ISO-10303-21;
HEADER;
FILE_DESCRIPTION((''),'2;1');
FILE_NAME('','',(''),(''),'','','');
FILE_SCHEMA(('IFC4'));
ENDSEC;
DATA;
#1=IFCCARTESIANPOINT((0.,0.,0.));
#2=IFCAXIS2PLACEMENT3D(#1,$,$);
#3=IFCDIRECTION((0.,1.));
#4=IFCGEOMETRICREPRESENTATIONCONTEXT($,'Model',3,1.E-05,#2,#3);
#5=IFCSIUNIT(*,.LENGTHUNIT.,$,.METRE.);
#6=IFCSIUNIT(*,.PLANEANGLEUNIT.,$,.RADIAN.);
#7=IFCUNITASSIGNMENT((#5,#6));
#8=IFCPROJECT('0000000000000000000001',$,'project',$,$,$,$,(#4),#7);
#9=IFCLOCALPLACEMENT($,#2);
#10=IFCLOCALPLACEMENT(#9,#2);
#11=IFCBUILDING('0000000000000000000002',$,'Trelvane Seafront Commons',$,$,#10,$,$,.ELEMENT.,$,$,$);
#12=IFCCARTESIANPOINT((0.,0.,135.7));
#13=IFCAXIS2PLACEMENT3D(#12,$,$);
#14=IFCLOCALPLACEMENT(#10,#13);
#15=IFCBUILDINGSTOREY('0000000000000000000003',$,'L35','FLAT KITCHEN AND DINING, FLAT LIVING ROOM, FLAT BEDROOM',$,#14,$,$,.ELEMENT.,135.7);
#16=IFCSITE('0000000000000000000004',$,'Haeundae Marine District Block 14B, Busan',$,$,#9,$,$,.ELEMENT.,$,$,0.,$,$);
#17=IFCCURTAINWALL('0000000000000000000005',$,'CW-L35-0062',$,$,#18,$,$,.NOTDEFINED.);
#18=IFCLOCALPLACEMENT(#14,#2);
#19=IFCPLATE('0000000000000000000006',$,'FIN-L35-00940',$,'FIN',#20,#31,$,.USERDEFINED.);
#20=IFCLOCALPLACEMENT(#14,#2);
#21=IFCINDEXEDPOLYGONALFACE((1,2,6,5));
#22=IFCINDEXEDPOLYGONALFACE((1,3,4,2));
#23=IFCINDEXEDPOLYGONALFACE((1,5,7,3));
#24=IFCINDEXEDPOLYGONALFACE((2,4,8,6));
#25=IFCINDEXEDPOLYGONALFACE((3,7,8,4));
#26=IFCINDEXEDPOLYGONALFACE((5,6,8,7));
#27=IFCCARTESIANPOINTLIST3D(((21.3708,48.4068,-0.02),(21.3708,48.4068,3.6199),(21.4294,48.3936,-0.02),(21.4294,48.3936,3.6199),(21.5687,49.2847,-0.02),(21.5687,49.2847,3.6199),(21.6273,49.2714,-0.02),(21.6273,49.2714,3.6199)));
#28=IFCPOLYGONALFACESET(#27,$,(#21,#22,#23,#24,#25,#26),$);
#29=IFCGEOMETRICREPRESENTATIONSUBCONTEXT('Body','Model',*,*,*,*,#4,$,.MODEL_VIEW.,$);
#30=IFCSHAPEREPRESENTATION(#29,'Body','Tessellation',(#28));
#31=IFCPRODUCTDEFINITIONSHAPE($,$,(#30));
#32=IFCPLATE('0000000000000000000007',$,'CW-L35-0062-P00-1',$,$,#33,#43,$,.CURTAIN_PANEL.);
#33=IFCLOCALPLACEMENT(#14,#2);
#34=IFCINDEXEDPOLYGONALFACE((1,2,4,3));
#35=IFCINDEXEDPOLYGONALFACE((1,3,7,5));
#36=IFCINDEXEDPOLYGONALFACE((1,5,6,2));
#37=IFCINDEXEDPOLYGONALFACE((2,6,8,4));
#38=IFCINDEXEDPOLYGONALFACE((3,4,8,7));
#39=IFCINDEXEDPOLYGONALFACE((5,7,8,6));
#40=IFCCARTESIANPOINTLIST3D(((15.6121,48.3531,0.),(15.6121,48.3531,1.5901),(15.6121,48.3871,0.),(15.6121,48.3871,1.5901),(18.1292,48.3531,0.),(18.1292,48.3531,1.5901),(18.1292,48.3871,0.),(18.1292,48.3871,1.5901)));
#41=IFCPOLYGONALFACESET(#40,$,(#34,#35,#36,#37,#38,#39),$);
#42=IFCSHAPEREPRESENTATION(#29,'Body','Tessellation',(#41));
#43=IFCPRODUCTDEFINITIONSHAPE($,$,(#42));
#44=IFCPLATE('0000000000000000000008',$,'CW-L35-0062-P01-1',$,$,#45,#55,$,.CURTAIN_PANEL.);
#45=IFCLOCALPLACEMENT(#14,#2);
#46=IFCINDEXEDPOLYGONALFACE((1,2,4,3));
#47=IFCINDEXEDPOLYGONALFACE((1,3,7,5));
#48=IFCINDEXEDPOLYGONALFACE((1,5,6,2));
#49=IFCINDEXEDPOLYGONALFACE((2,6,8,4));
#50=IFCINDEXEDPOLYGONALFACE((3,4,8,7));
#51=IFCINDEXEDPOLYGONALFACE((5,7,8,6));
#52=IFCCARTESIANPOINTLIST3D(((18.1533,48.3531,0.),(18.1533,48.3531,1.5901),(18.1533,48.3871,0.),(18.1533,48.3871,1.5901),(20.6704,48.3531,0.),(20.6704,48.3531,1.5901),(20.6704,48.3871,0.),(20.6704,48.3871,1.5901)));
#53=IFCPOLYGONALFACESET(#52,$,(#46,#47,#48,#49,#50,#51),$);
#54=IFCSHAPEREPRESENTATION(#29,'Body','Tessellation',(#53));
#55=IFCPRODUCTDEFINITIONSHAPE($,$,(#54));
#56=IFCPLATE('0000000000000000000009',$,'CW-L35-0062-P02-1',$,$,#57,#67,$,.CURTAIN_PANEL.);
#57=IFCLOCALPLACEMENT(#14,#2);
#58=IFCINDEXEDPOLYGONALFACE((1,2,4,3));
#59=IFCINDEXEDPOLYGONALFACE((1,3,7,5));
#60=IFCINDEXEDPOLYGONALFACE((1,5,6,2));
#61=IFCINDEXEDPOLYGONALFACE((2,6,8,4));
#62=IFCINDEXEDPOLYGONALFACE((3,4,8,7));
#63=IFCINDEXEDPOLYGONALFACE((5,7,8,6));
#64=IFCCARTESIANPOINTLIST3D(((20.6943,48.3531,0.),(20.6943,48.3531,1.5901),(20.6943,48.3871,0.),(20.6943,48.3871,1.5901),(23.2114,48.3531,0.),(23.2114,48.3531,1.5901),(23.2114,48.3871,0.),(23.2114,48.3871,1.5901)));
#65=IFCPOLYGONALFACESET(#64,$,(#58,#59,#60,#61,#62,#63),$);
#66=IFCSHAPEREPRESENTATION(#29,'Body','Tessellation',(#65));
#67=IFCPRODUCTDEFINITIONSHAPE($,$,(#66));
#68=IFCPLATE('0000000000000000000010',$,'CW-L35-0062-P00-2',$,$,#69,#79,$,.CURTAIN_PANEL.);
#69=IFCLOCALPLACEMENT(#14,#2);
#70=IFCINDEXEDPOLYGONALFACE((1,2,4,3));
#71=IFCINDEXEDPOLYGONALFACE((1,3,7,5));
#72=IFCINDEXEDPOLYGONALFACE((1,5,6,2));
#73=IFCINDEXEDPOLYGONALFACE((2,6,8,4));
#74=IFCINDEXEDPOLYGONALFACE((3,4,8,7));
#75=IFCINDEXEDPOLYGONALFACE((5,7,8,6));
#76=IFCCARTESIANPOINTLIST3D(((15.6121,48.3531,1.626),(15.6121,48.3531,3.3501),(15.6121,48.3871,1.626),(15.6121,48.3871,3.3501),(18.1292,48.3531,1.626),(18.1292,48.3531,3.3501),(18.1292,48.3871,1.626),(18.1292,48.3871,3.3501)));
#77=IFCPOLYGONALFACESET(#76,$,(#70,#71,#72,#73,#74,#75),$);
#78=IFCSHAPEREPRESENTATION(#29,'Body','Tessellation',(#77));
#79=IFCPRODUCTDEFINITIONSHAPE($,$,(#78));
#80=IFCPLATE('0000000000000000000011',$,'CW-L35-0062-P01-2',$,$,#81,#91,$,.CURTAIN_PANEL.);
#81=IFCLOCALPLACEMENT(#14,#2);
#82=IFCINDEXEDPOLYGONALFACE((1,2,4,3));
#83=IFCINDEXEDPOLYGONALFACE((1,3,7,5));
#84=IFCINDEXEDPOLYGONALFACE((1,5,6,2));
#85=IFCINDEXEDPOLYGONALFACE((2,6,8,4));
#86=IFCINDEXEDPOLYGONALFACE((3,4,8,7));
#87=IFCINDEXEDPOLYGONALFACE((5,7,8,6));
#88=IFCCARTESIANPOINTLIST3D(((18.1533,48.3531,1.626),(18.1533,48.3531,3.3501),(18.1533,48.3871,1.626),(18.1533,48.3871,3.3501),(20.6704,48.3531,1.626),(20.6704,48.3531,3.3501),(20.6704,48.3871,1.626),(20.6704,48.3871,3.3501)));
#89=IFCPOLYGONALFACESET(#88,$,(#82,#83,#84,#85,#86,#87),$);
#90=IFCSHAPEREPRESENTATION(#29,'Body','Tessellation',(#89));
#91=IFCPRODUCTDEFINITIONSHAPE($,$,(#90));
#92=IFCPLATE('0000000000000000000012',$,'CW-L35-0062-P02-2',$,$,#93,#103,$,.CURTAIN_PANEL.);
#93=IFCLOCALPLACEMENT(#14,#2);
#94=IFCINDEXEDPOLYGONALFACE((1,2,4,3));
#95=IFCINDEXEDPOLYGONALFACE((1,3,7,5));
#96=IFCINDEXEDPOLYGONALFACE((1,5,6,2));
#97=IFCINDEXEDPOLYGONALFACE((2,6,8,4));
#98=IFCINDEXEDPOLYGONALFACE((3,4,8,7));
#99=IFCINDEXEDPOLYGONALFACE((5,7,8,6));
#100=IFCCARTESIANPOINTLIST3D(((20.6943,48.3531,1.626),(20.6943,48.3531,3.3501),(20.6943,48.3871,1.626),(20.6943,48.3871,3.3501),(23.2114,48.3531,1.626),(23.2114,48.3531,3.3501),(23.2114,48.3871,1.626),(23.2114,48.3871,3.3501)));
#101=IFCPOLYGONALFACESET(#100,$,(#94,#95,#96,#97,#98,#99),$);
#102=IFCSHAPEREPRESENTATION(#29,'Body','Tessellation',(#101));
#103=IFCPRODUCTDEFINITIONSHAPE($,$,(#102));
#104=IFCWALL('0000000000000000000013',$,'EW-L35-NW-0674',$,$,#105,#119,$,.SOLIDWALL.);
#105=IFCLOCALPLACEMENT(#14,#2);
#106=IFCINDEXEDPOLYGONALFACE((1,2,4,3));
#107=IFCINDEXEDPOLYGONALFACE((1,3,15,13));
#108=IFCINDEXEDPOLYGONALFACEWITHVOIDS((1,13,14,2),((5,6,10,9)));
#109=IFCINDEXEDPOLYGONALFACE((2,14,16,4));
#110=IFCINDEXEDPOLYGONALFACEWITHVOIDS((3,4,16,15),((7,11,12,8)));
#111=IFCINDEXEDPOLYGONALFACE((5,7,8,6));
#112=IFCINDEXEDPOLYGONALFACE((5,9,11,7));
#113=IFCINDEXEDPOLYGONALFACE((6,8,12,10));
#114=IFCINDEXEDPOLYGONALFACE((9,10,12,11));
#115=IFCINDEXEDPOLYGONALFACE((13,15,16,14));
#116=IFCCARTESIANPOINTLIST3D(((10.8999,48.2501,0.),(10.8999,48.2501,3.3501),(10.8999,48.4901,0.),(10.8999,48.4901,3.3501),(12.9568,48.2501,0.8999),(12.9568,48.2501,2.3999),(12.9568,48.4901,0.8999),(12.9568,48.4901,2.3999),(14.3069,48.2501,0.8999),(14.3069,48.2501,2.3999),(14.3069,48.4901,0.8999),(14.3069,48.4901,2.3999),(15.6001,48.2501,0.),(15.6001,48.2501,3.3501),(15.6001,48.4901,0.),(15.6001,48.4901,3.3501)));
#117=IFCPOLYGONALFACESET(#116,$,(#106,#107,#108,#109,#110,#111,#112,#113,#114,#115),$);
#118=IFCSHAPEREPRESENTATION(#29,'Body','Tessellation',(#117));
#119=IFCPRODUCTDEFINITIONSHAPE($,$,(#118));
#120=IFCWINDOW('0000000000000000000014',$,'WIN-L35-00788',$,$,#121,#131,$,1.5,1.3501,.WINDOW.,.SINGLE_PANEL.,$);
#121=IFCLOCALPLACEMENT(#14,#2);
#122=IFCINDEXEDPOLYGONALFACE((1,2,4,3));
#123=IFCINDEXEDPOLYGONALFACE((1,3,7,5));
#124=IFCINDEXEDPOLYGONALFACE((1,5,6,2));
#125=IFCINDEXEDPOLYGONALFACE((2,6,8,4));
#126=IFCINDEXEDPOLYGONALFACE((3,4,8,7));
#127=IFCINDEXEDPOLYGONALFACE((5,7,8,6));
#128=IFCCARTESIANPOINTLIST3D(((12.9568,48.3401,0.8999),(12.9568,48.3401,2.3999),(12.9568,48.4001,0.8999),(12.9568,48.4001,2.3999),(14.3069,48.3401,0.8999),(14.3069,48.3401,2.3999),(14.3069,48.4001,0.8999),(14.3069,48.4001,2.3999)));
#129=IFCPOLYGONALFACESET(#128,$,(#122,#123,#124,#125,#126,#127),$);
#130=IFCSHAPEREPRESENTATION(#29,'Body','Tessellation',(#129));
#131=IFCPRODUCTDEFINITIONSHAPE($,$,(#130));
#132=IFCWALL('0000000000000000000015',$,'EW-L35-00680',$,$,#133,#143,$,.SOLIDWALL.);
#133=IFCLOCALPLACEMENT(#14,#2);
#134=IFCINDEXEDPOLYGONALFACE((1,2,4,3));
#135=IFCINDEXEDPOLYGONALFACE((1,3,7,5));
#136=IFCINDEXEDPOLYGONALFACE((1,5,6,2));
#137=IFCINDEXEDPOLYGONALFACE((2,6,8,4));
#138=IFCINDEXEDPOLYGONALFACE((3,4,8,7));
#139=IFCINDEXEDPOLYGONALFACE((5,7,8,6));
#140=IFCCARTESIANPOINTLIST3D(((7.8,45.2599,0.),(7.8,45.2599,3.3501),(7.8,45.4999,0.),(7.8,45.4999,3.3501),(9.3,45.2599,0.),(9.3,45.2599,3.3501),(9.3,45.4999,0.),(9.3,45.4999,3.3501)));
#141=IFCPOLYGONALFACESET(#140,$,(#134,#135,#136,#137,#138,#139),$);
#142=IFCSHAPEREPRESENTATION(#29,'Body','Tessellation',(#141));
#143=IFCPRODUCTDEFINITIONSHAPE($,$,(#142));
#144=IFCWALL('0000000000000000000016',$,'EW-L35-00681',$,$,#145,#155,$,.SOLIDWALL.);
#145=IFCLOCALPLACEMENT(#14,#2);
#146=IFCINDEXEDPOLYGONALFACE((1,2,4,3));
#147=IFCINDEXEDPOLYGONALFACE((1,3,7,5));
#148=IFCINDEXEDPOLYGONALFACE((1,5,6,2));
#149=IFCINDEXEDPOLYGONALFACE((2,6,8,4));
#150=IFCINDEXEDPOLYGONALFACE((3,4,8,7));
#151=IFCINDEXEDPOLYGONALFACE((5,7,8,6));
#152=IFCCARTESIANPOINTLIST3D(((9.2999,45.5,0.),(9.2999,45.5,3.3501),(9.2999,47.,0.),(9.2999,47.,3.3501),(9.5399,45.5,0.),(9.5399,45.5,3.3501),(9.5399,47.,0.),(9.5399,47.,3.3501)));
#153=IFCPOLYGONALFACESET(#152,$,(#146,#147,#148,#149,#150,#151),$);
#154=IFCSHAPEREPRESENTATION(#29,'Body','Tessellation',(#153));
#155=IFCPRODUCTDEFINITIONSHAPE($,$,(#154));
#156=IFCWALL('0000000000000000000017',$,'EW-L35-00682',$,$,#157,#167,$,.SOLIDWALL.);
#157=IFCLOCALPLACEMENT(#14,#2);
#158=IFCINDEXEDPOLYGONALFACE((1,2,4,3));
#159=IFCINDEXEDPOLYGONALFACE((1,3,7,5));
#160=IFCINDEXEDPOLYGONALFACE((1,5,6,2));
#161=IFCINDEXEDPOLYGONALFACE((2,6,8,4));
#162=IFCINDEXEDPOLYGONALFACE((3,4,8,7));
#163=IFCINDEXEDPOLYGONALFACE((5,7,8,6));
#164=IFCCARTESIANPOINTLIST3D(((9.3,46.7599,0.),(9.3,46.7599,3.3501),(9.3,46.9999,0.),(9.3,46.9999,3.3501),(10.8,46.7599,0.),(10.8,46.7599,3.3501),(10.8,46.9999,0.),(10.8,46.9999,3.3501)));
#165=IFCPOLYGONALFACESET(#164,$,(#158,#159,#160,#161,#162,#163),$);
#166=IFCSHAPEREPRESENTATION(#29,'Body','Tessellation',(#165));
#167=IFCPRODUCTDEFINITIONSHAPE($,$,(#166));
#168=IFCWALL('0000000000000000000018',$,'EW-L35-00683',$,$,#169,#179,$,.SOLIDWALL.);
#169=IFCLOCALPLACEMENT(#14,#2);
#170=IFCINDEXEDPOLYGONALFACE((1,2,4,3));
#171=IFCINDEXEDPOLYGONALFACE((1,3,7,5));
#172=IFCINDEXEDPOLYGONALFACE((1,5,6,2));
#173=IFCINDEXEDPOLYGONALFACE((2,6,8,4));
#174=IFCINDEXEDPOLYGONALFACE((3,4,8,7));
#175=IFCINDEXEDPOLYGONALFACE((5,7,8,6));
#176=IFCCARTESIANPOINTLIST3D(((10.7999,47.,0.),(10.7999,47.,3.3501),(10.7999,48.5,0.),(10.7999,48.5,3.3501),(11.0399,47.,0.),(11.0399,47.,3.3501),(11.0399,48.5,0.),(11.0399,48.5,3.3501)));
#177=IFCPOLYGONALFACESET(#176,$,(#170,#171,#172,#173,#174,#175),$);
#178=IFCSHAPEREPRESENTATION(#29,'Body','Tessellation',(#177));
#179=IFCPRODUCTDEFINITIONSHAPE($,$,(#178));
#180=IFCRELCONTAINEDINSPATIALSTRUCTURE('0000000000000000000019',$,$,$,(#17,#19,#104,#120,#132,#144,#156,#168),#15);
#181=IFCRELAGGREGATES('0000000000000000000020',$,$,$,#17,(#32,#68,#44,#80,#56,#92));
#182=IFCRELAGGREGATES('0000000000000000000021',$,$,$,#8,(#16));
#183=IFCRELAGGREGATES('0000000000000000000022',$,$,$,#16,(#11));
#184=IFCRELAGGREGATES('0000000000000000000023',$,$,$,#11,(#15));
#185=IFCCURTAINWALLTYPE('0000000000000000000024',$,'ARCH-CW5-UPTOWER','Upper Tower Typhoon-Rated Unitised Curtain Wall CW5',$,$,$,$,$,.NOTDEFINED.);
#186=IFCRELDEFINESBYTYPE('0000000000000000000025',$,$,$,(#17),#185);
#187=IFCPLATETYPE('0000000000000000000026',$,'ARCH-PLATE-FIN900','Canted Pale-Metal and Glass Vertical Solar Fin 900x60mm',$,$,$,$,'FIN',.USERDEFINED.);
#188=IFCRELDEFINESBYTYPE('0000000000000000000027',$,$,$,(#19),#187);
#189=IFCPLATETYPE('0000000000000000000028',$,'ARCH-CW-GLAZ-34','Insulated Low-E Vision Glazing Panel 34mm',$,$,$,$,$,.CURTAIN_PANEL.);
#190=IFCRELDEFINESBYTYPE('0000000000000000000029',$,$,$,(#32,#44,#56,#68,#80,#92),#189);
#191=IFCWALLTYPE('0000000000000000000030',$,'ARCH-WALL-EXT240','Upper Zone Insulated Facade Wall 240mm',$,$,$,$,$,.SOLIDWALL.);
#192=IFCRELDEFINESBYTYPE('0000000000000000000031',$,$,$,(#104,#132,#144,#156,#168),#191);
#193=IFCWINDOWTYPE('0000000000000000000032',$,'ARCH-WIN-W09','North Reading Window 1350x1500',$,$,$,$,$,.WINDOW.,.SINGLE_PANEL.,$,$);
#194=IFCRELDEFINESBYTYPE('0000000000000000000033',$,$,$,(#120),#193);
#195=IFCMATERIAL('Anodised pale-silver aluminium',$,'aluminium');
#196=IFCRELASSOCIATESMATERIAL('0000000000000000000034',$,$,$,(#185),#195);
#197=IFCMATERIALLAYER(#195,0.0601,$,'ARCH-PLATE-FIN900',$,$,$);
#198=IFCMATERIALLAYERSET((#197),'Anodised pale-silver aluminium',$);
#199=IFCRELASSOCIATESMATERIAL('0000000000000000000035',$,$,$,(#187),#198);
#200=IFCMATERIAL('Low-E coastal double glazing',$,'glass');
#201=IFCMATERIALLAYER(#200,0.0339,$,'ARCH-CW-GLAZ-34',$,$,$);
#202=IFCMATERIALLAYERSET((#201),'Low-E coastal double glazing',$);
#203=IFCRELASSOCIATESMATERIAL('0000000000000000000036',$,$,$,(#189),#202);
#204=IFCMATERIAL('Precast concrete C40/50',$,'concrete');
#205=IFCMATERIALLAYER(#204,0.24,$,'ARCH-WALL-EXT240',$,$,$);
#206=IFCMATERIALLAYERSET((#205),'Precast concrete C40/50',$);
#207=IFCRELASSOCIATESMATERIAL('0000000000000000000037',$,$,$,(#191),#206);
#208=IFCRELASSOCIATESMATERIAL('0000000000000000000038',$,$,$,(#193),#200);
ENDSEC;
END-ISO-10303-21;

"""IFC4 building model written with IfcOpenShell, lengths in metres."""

from ifc_helpers import new_model, si_unit, direction, frame, frame_2d, origin, origin_2d, place, context, subcontext, project, spatial, rectangle, extrude, source, transform, mapped, material, layer, layer_set, type_object, element, fill, aggregate, save


model = new_model("IFC4")

# Units and contexts
model_context = context("Model", 3, precision=1e-05, world=origin(), true_north=direction((0.0, 1.0)))
body_context = subcontext(model_context, "Body", "Model", "MODEL_VIEW")
ifc_project = project(units=[si_unit("LENGTHUNIT", "METRE"), si_unit("PLANEANGLEUNIT", "RADIAN")], contexts=[model_context])

# Site, building, storey
site_placement = place(None, origin())
site = spatial("IfcSite", under=ifc_project, at=site_placement, Name="Haeundae Marine District Block 14B, Busan", CompositionType="ELEMENT", RefElevation=0.0)
building_placement = place(site_placement, origin())
building = spatial("IfcBuilding", under=site, at=building_placement, Name="Trelvane Seafront Commons", CompositionType="ELEMENT")
storey_placement = place(building_placement, frame((0.0, 0.0, 135.7)))
storey = spatial("IfcBuildingStorey", under=building, at=storey_placement, Name="L35", Description="FLAT KITCHEN AND DINING, FLAT LIVING ROOM, FLAT BEDROOM", CompositionType="ELEMENT", Elevation=135.7)

# Curtain wall
ifc_material_1 = material(Name="Anodised pale-silver aluminium", Category="aluminium")
curtain_wall_type = type_object("IfcCurtainWallType", Name="ARCH-CW5-UPTOWER", Description="Upper Tower Typhoon-Rated Unitised Curtain Wall CW5", PredefinedType="NOTDEFINED", material=ifc_material_1)
curtain_wall_placement = place(storey_placement, origin())
curtain_wall = element("IfcCurtainWall", 1, at=curtain_wall_placement, inside=storey, type_object=curtain_wall_type, Name="CW-L35-0062", PredefinedType="NOTDEFINED")

# Plate
ifc_layer_1 = layer(ifc_material_1, 0.0601, Name="ARCH-PLATE-FIN900")
ifc_layer_set_1 = layer_set([ifc_layer_1], Name="Anodised pale-silver aluminium")
plate_type_1 = type_object("IfcPlateType", Name="ARCH-PLATE-FIN900", Description="Canted Pale-Metal and Glass Vertical Solar Fin 900x60mm", ElementType="FIN", PredefinedType="USERDEFINED", material=ifc_layer_set_1)
shared_shape_1 = source(origin(), body_context, "Body", "SweptSolid", [
    extrude(rectangle(XDim=0.8999, YDim=0.0601, at=origin_2d()), origin(), (0.0, 0.0, 1.0), 3.6399),
])
for number, where, z_axis, x_axis, name in (
    (2, (21.499, 48.8391, -0.02), (0.0, 0.0, 1.0), (0.219882, 0.975526, 0.0), "FIN-L35-00940"),
):
    element("IfcPlate", number, at=place(storey_placement, frame(where, z_axis=z_axis, x_axis=x_axis)), inside=storey, type_object=plate_type_1, Name=name, ObjectType="FIN", PredefinedType="USERDEFINED", context=body_context, shape_type="MappedRepresentation", body=[
        mapped(shared_shape_1, transform((0.0, 0.0, 0.0), x_axis=(1.0, 0.0, 0.0), y_axis=(0.0, 1.0, 0.0), z_axis=(0.0, 0.0, 1.0), scale=1.0)),
    ])

# Plates
ifc_material_2 = material(Name="Low-E coastal double glazing", Category="glass")
ifc_layer_2 = layer(ifc_material_2, 0.0339, Name="ARCH-CW-GLAZ-34")
ifc_layer_set_2 = layer_set([ifc_layer_2], Name="Low-E coastal double glazing")
plate_type_2 = type_object("IfcPlateType", Name="ARCH-CW-GLAZ-34", Description="Insulated Low-E Vision Glazing Panel 34mm", PredefinedType="CURTAIN_PANEL", material=ifc_layer_set_2)
shared_shape_2 = source(origin(), body_context, "Body", "SweptSolid", [
    extrude(rectangle(XDim=2.5171, YDim=0.0339, at=origin_2d()), origin(), (0.0, 0.0, 1.0), 1.5901),
])
plate_1_placement = place(storey_placement, frame((16.8706, 48.3701, 0.0), z_axis=(0.0, 0.0, 1.0), x_axis=(1.0, 0.0, 0.0)))
plate_1 = element("IfcPlate", 3, at=plate_1_placement, type_object=plate_type_2, Name="CW-L35-0062-P00-1", PredefinedType="CURTAIN_PANEL", context=body_context, shape_type="MappedRepresentation", body=[
    mapped(shared_shape_2, transform((0.0, 0.0, 0.0), x_axis=(1.0, 0.0, 0.0), y_axis=(0.0, 1.0, 0.0), z_axis=(0.0, 0.0, 1.0), scale=1.0)),
])
plate_2_placement = place(storey_placement, frame((19.4119, 48.3701, 0.0), z_axis=(0.0, 0.0, 1.0), x_axis=(1.0, 0.0, 0.0)))
plate_2 = element("IfcPlate", 4, at=plate_2_placement, type_object=plate_type_2, Name="CW-L35-0062-P01-1", PredefinedType="CURTAIN_PANEL", context=body_context, shape_type="MappedRepresentation", body=[
    mapped(shared_shape_2, transform((0.0, 0.0, 0.0), x_axis=(1.0, 0.0, 0.0), y_axis=(0.0, 1.0, 0.0), z_axis=(0.0, 0.0, 1.0), scale=1.0)),
])
plate_3_placement = place(storey_placement, frame((21.9529, 48.3701, 0.0), z_axis=(0.0, 0.0, 1.0), x_axis=(1.0, 0.0, 0.0)))
plate_3 = element("IfcPlate", 5, at=plate_3_placement, type_object=plate_type_2, Name="CW-L35-0062-P02-1", PredefinedType="CURTAIN_PANEL", context=body_context, shape_type="MappedRepresentation", body=[
    mapped(shared_shape_2, transform((0.0, 0.0, 0.0), x_axis=(1.0, 0.0, 0.0), y_axis=(0.0, 1.0, 0.0), z_axis=(0.0, 0.0, 1.0), scale=1.0)),
])
shared_shape_3 = source(origin(), body_context, "Body", "SweptSolid", [
    extrude(rectangle(XDim=2.5171, YDim=0.0339, at=origin_2d()), origin(), (0.0, 0.0, 1.0), 1.7241),
])
plate_4_placement = place(storey_placement, frame((16.8706, 48.3701, 1.626), z_axis=(0.0, 0.0, 1.0), x_axis=(1.0, 0.0, 0.0)))
plate_4 = element("IfcPlate", 6, at=plate_4_placement, type_object=plate_type_2, Name="CW-L35-0062-P00-2", PredefinedType="CURTAIN_PANEL", context=body_context, shape_type="MappedRepresentation", body=[
    mapped(shared_shape_3, transform((0.0, 0.0, 0.0), x_axis=(1.0, 0.0, 0.0), y_axis=(0.0, 1.0, 0.0), z_axis=(0.0, 0.0, 1.0), scale=1.0)),
])
plate_5_placement = place(storey_placement, frame((19.4119, 48.3701, 1.626), z_axis=(0.0, 0.0, 1.0), x_axis=(1.0, 0.0, 0.0)))
plate_5 = element("IfcPlate", 7, at=plate_5_placement, type_object=plate_type_2, Name="CW-L35-0062-P01-2", PredefinedType="CURTAIN_PANEL", context=body_context, shape_type="MappedRepresentation", body=[
    mapped(shared_shape_3, transform((0.0, 0.0, 0.0), x_axis=(1.0, 0.0, 0.0), y_axis=(0.0, 1.0, 0.0), z_axis=(0.0, 0.0, 1.0), scale=1.0)),
])
plate_6_placement = place(storey_placement, frame((21.9529, 48.3701, 1.626), z_axis=(0.0, 0.0, 1.0), x_axis=(1.0, 0.0, 0.0)))
plate_6 = element("IfcPlate", 8, at=plate_6_placement, type_object=plate_type_2, Name="CW-L35-0062-P02-2", PredefinedType="CURTAIN_PANEL", context=body_context, shape_type="MappedRepresentation", body=[
    mapped(shared_shape_3, transform((0.0, 0.0, 0.0), x_axis=(1.0, 0.0, 0.0), y_axis=(0.0, 1.0, 0.0), z_axis=(0.0, 0.0, 1.0), scale=1.0)),
])
aggregate(curtain_wall, [plate_1, plate_4, plate_2, plate_5, plate_3, plate_6])

# Wall, opening, window
ifc_material_3 = material(Name="Precast concrete C40/50", Category="concrete")
ifc_layer_3 = layer(ifc_material_3, 0.24, Name="ARCH-WALL-EXT240")
ifc_layer_set_3 = layer_set([ifc_layer_3], Name="Precast concrete C40/50")
wall_type = type_object("IfcWallType", Name="ARCH-WALL-EXT240", Description="Upper Zone Insulated Facade Wall 240mm", PredefinedType="SOLIDWALL", material=ifc_layer_set_3)
wall_placement = place(storey_placement, frame((10.8999, 48.3701, 0.0), z_axis=(0.0, 0.0, 1.0), x_axis=(1.0, 0.0, 0.0)))
wall = element("IfcWall", 9, at=wall_placement, inside=storey, type_object=wall_type, Name="EW-L35-NW-0674", PredefinedType="SOLIDWALL", context=body_context, shape_type="SweptSolid", body=[
    extrude(rectangle(XDim=4.7002, YDim=0.24, at=frame_2d((2.3501, 0.0))), origin(), (0.0, 0.0, 1.0), 3.3501),
])
opening_placement = place(wall_placement, frame((2.0569, 0.0, 0.8999)))
opening = element("IfcOpeningElement", 10, at=opening_placement, cuts=wall, PredefinedType="OPENING", context=body_context, shape_type="SweptSolid", body=[
    extrude(rectangle(XDim=1.3501, YDim=1.5, at=frame_2d((0.675, 0.75))), frame((0.0, 0.1299, 0.0), z_axis=(0.0, -1.0, 0.0), x_axis=(1.0, 0.0, 0.0)), (0.0, 0.0, 1.0), 0.26),
])
window_type = type_object("IfcWindowType", Name="ARCH-WIN-W09", Description="North Reading Window 1350x1500", PartitioningType="SINGLE_PANEL", PredefinedType="WINDOW", material=ifc_material_2)
shared_shape_4 = source(origin(), body_context, "Body", "SweptSolid", [
    extrude(rectangle(XDim=1.3501, YDim=1.5, at=frame_2d((0.675, 0.75))), frame((0.0, 0.03, 0.0), z_axis=(0.0, -1.0, 0.0), x_axis=(1.0, 0.0, 0.0)), (0.0, 0.0, 1.0), 0.0601),
])
window_placement = place(opening_placement, origin())
window = element("IfcWindow", 11, at=window_placement, inside=storey, type_object=window_type, Name="WIN-L35-00788", OverallHeight=1.5, OverallWidth=1.3501, PartitioningType="SINGLE_PANEL", PredefinedType="WINDOW", context=body_context, shape_type="MappedRepresentation", body=[
    mapped(shared_shape_4, transform((0.0, 0.0, 0.0), x_axis=(1.0, 0.0, 0.0), y_axis=(0.0, 1.0, 0.0), z_axis=(0.0, 0.0, 1.0), scale=1.0)),
])
fill(opening, window)

# Walls
for number, where, z_axis, x_axis, name in (
    (12, (7.8, 45.3799, 0.0), (0.0, 0.0, 1.0), (1.0, 0.0, 0.0), "EW-L35-00680"),
    (13, (9.4199, 45.5, 0.0), (0.0, 0.0, 1.0), (0.0, 1.0, 0.0), "EW-L35-00681"),
    (14, (9.3, 46.8799, 0.0), (0.0, 0.0, 1.0), (1.0, 0.0, 0.0), "EW-L35-00682"),
    (15, (10.9199, 47.0, 0.0), (0.0, 0.0, 1.0), (0.0, 1.0, 0.0), "EW-L35-00683"),
):
    element("IfcWall", number, at=place(storey_placement, frame(where, z_axis=z_axis, x_axis=x_axis)), inside=storey, type_object=wall_type, Name=name, PredefinedType="SOLIDWALL", context=body_context, shape_type="SweptSolid", body=[
        extrude(rectangle(XDim=1.5, YDim=0.24, at=frame_2d((0.75, 0.0))), origin(), (0.0, 0.0, 1.0), 3.3501),
    ])

save(model, "model.ifc")
